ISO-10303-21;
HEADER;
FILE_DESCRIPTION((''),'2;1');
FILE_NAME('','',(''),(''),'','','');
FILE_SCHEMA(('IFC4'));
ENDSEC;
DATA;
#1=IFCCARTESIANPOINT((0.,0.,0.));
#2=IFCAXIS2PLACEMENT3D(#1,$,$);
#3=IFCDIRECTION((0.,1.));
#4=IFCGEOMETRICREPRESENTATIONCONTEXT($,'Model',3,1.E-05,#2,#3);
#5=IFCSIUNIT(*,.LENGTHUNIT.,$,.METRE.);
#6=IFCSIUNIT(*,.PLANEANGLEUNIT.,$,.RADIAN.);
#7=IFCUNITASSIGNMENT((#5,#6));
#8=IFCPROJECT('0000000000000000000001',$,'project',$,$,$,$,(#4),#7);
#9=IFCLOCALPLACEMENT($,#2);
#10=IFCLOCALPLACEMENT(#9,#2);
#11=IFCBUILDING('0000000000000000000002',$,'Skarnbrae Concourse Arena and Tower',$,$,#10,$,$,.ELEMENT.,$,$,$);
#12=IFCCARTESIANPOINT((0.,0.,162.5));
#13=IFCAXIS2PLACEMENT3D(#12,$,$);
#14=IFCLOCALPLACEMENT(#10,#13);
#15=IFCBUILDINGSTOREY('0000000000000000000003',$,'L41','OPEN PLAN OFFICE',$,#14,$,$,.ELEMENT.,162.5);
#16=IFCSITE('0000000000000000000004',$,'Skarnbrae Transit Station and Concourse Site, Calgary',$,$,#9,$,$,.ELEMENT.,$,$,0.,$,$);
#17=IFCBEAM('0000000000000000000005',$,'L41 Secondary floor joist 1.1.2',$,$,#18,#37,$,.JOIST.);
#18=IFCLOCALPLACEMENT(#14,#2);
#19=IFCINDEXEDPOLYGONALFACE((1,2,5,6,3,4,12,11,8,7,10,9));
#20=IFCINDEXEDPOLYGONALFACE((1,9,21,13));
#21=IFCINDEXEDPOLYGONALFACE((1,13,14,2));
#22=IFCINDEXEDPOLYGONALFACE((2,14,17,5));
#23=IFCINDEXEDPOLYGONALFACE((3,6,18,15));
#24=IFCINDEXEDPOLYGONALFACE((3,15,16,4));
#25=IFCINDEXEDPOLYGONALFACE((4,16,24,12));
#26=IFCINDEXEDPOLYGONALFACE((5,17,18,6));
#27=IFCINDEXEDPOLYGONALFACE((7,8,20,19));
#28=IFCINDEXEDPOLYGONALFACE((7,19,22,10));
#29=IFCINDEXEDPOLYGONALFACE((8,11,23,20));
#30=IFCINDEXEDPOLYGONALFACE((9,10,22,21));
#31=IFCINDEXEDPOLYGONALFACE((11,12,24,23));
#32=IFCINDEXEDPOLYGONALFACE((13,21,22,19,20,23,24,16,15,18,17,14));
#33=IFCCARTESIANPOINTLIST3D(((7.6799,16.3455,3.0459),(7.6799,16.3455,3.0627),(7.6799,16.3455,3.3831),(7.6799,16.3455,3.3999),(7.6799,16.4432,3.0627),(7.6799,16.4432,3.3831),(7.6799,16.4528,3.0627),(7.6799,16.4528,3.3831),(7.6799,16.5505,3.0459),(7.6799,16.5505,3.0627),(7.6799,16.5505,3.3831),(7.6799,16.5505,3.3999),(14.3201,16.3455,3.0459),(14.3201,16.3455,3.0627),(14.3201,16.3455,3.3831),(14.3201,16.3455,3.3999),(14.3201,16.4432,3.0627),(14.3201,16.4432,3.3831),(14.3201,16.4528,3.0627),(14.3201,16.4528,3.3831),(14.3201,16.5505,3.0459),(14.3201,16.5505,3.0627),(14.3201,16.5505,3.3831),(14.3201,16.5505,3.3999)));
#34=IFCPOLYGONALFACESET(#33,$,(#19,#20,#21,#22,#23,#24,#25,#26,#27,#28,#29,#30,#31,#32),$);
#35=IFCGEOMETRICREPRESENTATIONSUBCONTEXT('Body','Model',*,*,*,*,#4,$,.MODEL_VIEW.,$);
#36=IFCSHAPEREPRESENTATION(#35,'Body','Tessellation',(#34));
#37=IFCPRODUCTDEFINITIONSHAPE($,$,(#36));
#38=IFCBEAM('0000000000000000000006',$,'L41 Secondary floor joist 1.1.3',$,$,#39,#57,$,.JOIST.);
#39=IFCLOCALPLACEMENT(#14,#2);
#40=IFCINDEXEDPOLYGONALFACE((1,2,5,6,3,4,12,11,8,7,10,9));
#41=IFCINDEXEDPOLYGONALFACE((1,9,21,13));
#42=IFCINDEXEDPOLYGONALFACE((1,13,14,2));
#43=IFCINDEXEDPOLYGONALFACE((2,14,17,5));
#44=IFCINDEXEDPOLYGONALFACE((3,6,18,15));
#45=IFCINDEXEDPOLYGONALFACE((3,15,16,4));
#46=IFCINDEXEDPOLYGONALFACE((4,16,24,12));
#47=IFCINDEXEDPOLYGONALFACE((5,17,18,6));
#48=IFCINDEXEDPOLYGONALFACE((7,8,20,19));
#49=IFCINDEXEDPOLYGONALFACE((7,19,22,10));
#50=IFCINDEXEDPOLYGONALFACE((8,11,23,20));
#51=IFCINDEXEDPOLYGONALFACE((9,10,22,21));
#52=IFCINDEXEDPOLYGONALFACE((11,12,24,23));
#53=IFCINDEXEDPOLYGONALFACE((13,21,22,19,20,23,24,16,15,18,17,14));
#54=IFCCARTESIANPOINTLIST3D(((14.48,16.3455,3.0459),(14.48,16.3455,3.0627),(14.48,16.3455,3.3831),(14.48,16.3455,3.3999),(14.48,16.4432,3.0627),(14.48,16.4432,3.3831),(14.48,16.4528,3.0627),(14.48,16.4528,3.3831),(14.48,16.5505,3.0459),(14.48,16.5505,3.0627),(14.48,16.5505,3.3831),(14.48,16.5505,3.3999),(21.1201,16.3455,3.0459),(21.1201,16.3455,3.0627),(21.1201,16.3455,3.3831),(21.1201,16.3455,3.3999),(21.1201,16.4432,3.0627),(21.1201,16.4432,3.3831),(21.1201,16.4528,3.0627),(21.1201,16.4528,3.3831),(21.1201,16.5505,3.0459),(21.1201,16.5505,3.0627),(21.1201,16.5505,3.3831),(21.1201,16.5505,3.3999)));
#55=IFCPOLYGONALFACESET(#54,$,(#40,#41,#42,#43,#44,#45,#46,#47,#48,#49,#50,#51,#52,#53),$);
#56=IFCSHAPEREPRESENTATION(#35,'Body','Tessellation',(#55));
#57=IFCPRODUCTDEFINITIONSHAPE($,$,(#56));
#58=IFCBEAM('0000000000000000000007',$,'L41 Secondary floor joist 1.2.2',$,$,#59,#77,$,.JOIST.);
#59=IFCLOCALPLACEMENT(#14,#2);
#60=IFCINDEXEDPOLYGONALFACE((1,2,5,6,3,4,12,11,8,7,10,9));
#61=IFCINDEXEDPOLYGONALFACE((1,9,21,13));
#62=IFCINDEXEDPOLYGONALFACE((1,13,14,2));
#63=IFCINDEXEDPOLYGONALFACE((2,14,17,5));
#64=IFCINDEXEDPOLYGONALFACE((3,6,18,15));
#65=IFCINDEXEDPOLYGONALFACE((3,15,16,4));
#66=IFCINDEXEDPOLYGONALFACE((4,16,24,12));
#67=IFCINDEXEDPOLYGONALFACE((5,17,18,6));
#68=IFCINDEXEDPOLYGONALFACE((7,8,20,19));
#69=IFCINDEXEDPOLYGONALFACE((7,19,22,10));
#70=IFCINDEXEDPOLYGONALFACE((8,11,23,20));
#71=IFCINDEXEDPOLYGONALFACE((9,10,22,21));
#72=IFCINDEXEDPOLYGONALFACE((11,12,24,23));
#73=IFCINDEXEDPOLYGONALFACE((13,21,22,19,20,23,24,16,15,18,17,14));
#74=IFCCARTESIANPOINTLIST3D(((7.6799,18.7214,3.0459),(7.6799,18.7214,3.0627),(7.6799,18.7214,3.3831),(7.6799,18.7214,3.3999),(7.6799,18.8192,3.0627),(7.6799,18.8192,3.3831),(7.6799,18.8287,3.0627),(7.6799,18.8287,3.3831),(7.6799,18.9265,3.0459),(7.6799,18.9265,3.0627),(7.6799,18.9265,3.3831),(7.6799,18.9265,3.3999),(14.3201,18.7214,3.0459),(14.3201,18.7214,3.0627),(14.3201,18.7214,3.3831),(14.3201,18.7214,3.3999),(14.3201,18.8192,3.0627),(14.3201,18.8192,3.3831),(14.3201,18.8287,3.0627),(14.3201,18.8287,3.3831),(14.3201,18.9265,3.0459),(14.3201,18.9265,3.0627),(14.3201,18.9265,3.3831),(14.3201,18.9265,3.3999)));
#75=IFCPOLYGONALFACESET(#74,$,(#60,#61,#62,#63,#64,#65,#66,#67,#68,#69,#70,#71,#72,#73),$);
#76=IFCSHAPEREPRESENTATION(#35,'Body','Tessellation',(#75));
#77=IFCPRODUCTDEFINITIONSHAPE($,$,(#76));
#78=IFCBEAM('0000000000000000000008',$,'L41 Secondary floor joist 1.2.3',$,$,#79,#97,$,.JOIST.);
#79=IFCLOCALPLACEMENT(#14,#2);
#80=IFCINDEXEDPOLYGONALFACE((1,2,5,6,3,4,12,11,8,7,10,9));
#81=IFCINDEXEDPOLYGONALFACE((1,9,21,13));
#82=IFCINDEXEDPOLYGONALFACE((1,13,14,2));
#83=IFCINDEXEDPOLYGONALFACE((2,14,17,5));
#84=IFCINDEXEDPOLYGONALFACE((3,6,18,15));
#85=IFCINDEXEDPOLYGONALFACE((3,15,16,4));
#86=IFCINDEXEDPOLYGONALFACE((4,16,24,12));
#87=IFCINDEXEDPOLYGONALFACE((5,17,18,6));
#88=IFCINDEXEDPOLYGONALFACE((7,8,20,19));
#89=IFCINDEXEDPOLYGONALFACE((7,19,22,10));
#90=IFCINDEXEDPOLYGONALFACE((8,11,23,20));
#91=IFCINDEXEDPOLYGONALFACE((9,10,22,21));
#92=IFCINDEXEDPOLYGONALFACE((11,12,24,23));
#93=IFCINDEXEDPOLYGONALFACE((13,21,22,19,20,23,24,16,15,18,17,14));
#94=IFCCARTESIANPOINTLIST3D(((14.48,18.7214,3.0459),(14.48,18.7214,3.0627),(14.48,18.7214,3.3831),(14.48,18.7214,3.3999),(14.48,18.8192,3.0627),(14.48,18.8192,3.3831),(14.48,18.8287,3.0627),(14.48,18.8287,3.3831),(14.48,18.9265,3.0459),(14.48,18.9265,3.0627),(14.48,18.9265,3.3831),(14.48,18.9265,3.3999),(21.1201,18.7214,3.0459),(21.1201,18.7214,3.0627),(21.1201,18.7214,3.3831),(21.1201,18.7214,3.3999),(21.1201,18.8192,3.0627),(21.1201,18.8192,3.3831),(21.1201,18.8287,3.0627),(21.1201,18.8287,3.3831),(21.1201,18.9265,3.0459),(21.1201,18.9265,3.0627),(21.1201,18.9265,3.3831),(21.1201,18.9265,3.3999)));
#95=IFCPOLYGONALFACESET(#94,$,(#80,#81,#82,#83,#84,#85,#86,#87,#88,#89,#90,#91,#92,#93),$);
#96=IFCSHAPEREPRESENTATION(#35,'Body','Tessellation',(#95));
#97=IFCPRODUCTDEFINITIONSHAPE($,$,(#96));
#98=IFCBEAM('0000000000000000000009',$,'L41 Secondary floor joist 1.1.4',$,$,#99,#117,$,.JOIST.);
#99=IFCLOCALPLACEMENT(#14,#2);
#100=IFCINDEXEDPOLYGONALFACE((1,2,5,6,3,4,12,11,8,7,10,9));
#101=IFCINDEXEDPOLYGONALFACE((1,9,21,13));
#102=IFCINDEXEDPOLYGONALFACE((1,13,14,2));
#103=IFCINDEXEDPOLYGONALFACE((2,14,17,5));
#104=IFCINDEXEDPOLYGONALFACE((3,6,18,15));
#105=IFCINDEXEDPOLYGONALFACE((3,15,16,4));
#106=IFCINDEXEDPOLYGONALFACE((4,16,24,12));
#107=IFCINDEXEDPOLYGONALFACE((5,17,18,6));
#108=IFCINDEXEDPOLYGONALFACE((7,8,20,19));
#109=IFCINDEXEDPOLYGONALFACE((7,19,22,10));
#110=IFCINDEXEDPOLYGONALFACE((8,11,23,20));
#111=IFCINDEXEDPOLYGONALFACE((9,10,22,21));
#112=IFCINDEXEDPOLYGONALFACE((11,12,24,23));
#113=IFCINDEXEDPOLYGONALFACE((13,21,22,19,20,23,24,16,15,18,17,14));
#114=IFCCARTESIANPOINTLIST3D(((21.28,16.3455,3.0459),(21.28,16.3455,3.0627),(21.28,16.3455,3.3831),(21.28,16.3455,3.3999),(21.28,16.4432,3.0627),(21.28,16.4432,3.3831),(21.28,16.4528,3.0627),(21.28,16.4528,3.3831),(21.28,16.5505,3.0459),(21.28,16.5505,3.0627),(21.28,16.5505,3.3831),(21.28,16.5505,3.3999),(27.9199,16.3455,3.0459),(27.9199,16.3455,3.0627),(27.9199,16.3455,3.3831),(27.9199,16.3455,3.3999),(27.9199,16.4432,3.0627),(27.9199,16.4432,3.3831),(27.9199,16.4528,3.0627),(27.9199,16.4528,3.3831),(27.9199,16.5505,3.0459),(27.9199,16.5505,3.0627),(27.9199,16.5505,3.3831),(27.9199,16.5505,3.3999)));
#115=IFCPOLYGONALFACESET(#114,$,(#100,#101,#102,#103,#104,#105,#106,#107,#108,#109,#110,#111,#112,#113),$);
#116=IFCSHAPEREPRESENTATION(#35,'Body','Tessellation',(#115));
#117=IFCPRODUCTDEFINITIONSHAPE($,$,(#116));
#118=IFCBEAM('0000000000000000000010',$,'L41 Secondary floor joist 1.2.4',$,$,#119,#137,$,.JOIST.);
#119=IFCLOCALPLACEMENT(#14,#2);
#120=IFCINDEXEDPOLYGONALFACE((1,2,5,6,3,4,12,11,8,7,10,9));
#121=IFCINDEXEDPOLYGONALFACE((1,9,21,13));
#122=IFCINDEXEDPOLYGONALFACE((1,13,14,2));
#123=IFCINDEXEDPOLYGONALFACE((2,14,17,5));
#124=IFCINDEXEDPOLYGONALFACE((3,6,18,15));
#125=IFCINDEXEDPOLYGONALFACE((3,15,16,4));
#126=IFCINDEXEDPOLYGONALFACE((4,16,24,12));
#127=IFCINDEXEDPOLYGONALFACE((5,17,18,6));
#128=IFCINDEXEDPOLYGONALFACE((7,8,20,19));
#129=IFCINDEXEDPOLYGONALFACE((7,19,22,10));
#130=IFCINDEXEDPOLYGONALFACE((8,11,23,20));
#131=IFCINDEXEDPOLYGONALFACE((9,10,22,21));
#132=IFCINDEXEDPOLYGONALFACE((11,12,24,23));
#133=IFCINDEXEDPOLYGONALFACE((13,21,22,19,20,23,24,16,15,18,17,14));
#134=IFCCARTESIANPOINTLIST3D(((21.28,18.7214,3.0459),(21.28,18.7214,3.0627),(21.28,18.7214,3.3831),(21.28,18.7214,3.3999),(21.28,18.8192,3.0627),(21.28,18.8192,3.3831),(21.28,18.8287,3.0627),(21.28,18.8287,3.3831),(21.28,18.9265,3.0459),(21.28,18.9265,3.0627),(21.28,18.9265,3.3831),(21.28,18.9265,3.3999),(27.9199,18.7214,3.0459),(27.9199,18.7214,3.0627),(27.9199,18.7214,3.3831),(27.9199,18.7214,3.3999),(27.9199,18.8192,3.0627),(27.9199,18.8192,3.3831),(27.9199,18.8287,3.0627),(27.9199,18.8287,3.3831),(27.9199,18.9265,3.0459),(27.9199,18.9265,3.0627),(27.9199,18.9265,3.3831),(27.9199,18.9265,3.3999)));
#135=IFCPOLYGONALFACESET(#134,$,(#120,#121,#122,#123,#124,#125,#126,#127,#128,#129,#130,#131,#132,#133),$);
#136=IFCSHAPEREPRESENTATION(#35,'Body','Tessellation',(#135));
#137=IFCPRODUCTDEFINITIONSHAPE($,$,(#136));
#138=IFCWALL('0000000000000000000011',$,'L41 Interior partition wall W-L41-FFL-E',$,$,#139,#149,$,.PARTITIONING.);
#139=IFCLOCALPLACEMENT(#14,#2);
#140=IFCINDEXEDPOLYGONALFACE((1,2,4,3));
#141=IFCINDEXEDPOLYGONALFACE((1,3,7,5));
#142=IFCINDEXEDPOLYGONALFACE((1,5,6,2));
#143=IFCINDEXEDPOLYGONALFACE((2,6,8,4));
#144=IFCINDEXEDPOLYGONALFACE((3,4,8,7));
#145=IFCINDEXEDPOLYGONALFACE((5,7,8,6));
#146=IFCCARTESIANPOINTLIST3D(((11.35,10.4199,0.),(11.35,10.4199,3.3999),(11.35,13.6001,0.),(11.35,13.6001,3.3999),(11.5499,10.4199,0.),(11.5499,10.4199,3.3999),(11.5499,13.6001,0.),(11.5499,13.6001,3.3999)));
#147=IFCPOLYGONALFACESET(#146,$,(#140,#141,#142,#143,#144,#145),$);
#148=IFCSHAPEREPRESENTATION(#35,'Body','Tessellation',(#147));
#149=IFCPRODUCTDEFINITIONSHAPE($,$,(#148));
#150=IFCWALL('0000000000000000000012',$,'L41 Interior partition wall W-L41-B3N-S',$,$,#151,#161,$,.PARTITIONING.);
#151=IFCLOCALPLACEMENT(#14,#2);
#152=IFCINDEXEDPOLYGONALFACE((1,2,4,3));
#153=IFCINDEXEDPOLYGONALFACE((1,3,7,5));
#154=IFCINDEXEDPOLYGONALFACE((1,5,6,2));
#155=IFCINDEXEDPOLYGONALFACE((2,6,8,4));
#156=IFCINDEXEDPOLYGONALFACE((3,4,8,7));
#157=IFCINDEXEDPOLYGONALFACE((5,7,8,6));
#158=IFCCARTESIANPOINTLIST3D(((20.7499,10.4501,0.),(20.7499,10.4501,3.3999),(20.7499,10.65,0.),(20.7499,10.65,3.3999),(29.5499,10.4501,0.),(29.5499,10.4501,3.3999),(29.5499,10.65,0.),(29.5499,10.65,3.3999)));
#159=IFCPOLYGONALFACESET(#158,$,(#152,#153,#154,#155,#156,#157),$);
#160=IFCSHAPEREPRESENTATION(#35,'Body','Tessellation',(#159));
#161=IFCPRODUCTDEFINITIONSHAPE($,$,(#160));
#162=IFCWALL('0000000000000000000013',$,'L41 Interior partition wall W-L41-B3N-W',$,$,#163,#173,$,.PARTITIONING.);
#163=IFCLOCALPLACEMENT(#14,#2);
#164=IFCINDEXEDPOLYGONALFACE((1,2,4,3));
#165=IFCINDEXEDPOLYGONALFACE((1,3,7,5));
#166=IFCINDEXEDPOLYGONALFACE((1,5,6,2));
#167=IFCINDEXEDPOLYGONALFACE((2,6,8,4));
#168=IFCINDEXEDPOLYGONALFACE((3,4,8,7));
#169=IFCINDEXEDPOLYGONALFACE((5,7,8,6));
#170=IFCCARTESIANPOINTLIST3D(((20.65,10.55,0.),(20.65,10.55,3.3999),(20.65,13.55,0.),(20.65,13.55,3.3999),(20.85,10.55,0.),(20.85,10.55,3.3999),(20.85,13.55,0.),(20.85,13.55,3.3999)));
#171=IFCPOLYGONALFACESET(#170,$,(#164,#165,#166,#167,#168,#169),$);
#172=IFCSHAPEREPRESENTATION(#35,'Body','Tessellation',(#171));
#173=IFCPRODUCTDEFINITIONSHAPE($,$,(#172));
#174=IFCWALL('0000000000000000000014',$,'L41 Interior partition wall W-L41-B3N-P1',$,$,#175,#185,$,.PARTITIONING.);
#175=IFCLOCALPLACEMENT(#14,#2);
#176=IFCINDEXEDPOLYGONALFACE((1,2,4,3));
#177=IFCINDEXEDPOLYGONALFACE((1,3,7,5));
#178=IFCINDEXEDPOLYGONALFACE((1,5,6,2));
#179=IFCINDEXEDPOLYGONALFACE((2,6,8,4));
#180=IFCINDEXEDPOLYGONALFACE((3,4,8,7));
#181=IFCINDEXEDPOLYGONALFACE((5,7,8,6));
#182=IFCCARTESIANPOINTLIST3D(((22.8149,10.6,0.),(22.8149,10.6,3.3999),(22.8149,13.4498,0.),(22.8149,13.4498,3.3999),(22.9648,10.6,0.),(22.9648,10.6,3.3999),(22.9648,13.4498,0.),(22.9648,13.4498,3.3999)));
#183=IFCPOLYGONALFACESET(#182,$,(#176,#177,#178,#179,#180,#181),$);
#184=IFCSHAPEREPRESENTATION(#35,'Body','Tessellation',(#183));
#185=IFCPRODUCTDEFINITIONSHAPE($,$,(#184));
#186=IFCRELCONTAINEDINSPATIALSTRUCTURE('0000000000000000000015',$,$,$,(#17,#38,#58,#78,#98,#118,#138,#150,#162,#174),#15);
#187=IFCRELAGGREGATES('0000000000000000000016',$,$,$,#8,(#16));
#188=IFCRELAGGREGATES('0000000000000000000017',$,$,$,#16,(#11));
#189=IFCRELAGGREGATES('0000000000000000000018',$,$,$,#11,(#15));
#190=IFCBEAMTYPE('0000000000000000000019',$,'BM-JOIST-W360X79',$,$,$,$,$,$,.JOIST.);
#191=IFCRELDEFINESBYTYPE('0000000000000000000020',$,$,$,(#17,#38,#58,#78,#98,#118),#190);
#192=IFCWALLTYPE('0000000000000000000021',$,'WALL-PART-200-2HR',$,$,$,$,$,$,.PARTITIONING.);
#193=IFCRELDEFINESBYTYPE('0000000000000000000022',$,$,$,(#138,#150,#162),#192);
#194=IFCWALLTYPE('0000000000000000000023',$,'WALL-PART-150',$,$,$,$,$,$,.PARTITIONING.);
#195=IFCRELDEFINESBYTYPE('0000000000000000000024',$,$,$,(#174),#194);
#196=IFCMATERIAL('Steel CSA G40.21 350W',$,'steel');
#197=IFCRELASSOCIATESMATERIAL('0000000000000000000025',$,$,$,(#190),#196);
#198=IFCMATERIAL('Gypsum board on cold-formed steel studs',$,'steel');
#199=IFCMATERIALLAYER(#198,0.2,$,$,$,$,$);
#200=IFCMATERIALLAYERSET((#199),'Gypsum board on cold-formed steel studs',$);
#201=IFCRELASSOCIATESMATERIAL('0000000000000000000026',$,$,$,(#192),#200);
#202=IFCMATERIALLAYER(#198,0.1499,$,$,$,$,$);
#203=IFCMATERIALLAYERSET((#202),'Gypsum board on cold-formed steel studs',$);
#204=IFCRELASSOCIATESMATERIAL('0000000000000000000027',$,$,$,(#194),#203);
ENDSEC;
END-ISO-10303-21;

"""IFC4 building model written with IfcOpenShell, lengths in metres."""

from ifc_helpers import new_model, si_unit, direction, frame, frame_2d, origin, origin_2d, place, context, subcontext, project, spatial, rectangle, i_section, extrude, source, transform, mapped, material, layer, layer_set, material_profile, profile_set, type_object, element, save


model = new_model("IFC4")

# Units and contexts
model_context = context("Model", 3, precision=1e-05, world=origin(), true_north=direction((0.0, 1.0)))
body_context = subcontext(model_context, "Body", "Model", "MODEL_VIEW")
ifc_project = project(units=[si_unit("LENGTHUNIT", "METRE"), si_unit("PLANEANGLEUNIT", "RADIAN")], contexts=[model_context])

# Site, building, storey
site_placement = place(None, origin())
site = spatial("IfcSite", under=ifc_project, at=site_placement, Name="Skarnbrae Transit Station and Concourse Site, Calgary", CompositionType="ELEMENT", RefElevation=0.0)
building_placement = place(site_placement, origin())
building = spatial("IfcBuilding", under=site, at=building_placement, Name="Skarnbrae Concourse Arena and Tower", CompositionType="ELEMENT")
storey_placement = place(building_placement, frame((0.0, 0.0, 162.5)))
storey = spatial("IfcBuildingStorey", under=building, at=storey_placement, Name="L41", Description="OPEN PLAN OFFICE", CompositionType="ELEMENT", Elevation=162.5)

# Shared definitions
ifc_material_1 = material(Name="Steel CSA G40.21 350W", Category="steel")

# Beams
ifc_material_profile_1 = material_profile(ifc_material_1, i_section(OverallWidth=0.2051, OverallDepth=0.354, WebThickness=0.0095, FlangeThickness=0.0168, at=origin_2d()), Name="W360X79")
ifc_profile_set_1 = profile_set([ifc_material_profile_1], Name="Steel CSA G40.21 350W")
beam_type_1 = type_object("IfcBeamType", Name="BM-JOIST-W360X79", PredefinedType="JOIST", material=ifc_profile_set_1)
shared_shape_1 = source(origin(), body_context, "Body", "SweptSolid", [
    extrude(i_section(OverallWidth=0.2051, OverallDepth=0.354, WebThickness=0.0095, FlangeThickness=0.0168, at=origin_2d()), origin(), (0.0, 0.0, 1.0), 6.6401),
])
for number, where, z_axis, x_axis, name in (
    (1, (7.6799, 16.448, 3.2229), (1.0, 0.0, 0.0), (0.0, 1.0, 0.0), "L41 Secondary floor joist 1.1.2"),
    (2, (14.48, 16.448, 3.2229), (1.0, 0.0, 0.0), (0.0, 1.0, 0.0), "L41 Secondary floor joist 1.1.3"),
    (3, (7.6799, 18.824, 3.2229), (1.0, 0.0, 0.0), (0.0, 1.0, 0.0), "L41 Secondary floor joist 1.2.2"),
    (4, (14.48, 18.824, 3.2229), (1.0, 0.0, 0.0), (0.0, 1.0, 0.0), "L41 Secondary floor joist 1.2.3"),
):
    element("IfcBeam", number, at=place(storey_placement, frame(where, z_axis=z_axis, x_axis=x_axis)), inside=storey, type_object=beam_type_1, Name=name, PredefinedType="JOIST", context=body_context, shape_type="MappedRepresentation", body=[
        mapped(shared_shape_1, transform((0.0, 0.0, 0.0))),
    ])
shared_shape_2 = source(origin(), body_context, "Body", "SweptSolid", [
    extrude(i_section(OverallWidth=0.2051, OverallDepth=0.354, WebThickness=0.0095, FlangeThickness=0.0168, at=origin_2d()), origin(), (0.0, 0.0, 1.0), 6.6399),
])
for number, where, z_axis, x_axis, name in (
    (5, (21.28, 16.448, 3.2229), (1.0, 0.0, 0.0), (0.0, 1.0, 0.0), "L41 Secondary floor joist 1.1.4"),
    (6, (21.28, 18.824, 3.2229), (1.0, 0.0, 0.0), (0.0, 1.0, 0.0), "L41 Secondary floor joist 1.2.4"),
):
    element("IfcBeam", number, at=place(storey_placement, frame(where, z_axis=z_axis, x_axis=x_axis)), inside=storey, type_object=beam_type_1, Name=name, PredefinedType="JOIST", context=body_context, shape_type="MappedRepresentation", body=[
        mapped(shared_shape_2, transform((0.0, 0.0, 0.0))),
    ])

# Wall
ifc_material_2 = material(Name="Gypsum board on cold-formed steel studs", Category="steel")
ifc_layer_1 = layer(ifc_material_2, 0.2)
ifc_layer_set_1 = layer_set([ifc_layer_1], Name="Gypsum board on cold-formed steel studs")
wall_type_1 = type_object("IfcWallType", Name="WALL-PART-200-2HR", PredefinedType="PARTITIONING", material=ifc_layer_set_1)
shared_shape_3 = source(origin(), body_context, "Body", "SweptSolid", [
    extrude(rectangle(XDim=3.1802, YDim=0.2, at=frame_2d((1.5901, 0.0))), origin(), (0.0, 0.0, 1.0), 3.3999),
])
wall_1_placement = place(storey_placement, frame((11.45, 10.4199, 0.0), z_axis=(0.0, 0.0, 1.0), x_axis=(0.0, 1.0, 0.0)))
element("IfcWall", 7, at=wall_1_placement, inside=storey, type_object=wall_type_1, Name="L41 Interior partition wall W-L41-FFL-E", PredefinedType="PARTITIONING", context=body_context, shape_type="MappedRepresentation", body=[
    mapped(shared_shape_3, transform((0.0, 0.0, 0.0))),
])

# Walls
shared_shape_4 = source(origin(), body_context, "Body", "SweptSolid", [
    extrude(rectangle(XDim=8.8, YDim=0.2, at=frame_2d((4.3999, 0.0))), origin(), (0.0, 0.0, 1.0), 3.3999),
])
wall_2_placement = place(storey_placement, frame((20.75, 10.55, 0.0), z_axis=(0.0, 0.0, 1.0), x_axis=(1.0, 0.0, 0.0)))
element("IfcWall", 8, at=wall_2_placement, inside=storey, type_object=wall_type_1, Name="L41 Interior partition wall W-L41-B3N-S", PredefinedType="PARTITIONING", context=body_context, shape_type="MappedRepresentation", body=[
    mapped(shared_shape_4, transform((0.0, 0.0, 0.0))),
])
shared_shape_5 = source(origin(), body_context, "Body", "SweptSolid", [
    extrude(rectangle(XDim=3.0, YDim=0.2, at=frame_2d((1.5, 0.0))), origin(), (0.0, 0.0, 1.0), 3.3999),
])
wall_3_placement = place(storey_placement, frame((20.75, 10.55, 0.0), z_axis=(0.0, 0.0, 1.0), x_axis=(0.0, 1.0, 0.0)))
element("IfcWall", 9, at=wall_3_placement, inside=storey, type_object=wall_type_1, Name="L41 Interior partition wall W-L41-B3N-W", PredefinedType="PARTITIONING", context=body_context, shape_type="MappedRepresentation", body=[
    mapped(shared_shape_5, transform((0.0, 0.0, 0.0))),
])
ifc_layer_2 = layer(ifc_material_2, 0.1499)
ifc_layer_set_2 = layer_set([ifc_layer_2], Name="Gypsum board on cold-formed steel studs")
wall_type_2 = type_object("IfcWallType", Name="WALL-PART-150", PredefinedType="PARTITIONING", material=ifc_layer_set_2)
shared_shape_6 = source(origin(), body_context, "Body", "SweptSolid", [
    extrude(rectangle(XDim=2.8499, YDim=0.1499, at=frame_2d((1.4248, 0.0))), origin(), (0.0, 0.0, 1.0), 3.3999),
])
wall_4_placement = place(storey_placement, frame((22.8899, 10.6001, 0.0), z_axis=(0.0, 0.0, 1.0), x_axis=(0.0, 1.0, 0.0)))
element("IfcWall", 10, at=wall_4_placement, inside=storey, type_object=wall_type_2, Name="L41 Interior partition wall W-L41-B3N-P1", PredefinedType="PARTITIONING", context=body_context, shape_type="MappedRepresentation", body=[
    mapped(shared_shape_6, transform((0.0, 0.0, 0.0))),
])

save(model, "model.ifc")
